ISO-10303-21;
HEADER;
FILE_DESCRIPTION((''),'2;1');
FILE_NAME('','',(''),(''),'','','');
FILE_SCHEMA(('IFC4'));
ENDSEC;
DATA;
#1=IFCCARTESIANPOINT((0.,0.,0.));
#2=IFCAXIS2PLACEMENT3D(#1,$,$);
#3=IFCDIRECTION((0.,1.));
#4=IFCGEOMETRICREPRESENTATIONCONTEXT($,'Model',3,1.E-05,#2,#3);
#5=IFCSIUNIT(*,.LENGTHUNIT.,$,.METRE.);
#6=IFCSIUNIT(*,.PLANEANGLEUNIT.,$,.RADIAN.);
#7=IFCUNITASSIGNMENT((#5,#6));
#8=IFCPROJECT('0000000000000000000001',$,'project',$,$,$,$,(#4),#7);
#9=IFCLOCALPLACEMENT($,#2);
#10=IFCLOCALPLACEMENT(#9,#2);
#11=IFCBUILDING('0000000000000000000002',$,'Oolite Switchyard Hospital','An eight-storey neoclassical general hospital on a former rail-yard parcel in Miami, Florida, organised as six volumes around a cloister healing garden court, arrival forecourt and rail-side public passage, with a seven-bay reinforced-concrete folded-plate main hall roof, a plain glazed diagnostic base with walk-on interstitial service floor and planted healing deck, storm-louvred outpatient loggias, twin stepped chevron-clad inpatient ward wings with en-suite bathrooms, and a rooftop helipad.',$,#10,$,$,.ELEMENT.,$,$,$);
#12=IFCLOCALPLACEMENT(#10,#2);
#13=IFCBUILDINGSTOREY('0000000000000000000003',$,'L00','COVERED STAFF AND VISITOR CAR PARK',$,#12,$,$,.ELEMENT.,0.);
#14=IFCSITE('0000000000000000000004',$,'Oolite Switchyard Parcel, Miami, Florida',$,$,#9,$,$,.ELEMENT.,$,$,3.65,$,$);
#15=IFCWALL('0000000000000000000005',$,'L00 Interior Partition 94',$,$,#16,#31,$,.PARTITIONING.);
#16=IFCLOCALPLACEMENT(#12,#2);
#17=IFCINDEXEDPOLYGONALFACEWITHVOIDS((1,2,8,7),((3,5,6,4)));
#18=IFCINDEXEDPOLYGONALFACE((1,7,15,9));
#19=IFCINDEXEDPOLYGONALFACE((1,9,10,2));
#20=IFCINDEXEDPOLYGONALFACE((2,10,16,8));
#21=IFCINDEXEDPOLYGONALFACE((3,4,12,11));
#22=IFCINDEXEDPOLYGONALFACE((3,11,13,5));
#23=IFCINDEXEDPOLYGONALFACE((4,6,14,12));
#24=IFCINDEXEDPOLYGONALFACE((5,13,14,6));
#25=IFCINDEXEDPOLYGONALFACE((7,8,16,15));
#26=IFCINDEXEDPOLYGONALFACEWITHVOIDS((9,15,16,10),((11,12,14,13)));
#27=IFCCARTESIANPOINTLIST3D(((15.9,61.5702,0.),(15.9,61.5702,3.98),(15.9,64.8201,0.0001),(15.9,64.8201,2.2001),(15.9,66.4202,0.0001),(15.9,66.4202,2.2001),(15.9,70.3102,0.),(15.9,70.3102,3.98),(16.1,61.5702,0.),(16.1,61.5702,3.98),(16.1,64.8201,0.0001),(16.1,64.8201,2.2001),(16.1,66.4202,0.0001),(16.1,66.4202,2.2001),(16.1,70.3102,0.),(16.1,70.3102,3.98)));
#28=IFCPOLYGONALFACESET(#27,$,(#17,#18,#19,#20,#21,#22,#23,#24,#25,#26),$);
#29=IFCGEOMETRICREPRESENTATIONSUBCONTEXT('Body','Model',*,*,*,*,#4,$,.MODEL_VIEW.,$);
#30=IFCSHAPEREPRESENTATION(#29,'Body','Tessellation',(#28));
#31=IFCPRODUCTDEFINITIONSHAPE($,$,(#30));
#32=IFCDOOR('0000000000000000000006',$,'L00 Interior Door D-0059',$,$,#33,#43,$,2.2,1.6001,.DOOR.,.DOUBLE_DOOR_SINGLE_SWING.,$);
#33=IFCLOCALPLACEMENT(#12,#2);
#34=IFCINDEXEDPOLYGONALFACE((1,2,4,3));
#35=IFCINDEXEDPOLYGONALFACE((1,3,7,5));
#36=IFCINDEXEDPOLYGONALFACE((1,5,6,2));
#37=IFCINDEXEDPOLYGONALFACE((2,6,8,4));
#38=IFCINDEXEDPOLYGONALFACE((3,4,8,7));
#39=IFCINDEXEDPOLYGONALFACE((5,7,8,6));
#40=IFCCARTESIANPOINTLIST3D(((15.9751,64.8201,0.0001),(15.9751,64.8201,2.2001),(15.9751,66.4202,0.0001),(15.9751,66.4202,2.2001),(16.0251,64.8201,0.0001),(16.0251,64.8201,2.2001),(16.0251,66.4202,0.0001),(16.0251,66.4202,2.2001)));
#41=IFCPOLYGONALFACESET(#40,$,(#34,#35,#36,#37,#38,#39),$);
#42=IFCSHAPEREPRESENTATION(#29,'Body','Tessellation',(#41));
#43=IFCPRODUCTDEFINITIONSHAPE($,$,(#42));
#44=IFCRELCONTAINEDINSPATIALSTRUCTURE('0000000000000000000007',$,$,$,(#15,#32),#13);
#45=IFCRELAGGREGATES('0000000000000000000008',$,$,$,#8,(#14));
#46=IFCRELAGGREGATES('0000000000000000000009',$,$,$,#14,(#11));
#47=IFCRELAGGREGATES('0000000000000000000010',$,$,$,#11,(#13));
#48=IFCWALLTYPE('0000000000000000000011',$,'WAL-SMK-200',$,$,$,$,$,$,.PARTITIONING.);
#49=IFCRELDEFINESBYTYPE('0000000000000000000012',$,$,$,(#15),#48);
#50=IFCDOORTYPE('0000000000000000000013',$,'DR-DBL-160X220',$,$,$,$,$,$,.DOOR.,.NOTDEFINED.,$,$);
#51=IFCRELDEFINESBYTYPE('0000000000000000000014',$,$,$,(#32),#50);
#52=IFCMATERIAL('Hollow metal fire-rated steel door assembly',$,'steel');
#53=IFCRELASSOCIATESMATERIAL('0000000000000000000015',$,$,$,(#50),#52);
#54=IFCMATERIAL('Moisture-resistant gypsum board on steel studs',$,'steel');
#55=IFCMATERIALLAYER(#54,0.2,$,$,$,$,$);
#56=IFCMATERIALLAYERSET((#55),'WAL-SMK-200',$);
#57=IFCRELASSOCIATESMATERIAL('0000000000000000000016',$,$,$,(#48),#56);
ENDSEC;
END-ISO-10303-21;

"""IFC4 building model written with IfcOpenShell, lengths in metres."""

from ifc_helpers import new_model, si_unit, direction, frame, frame_2d, origin, place, context, subcontext, project, spatial, rectangle, extrude, material, layer, layer_set, type_object, element, fill, save


model = new_model("IFC4")

# Units and contexts
model_context = context("Model", 3, precision=1e-05, world=origin(), true_north=direction((0.0, 1.0)))
body_context = subcontext(model_context, "Body", "Model", "MODEL_VIEW")
ifc_project = project(units=[si_unit("LENGTHUNIT", "METRE"), si_unit("PLANEANGLEUNIT", "RADIAN")], contexts=[model_context])

# Site, building, storey
site_placement = place(None, origin())
site = spatial("IfcSite", under=ifc_project, at=site_placement, Name="Oolite Switchyard Parcel, Miami, Florida", CompositionType="ELEMENT", RefElevation=3.65)
building_placement = place(site_placement, origin())
building = spatial("IfcBuilding", under=site, at=building_placement, Name="Oolite Switchyard Hospital", Description="An eight-storey neoclassical general hospital on a former rail-yard parcel in Miami, Florida, organised as six volumes around a cloister healing garden court, arrival forecourt and rail-side public passage, with a seven-bay reinforced-concrete folded-plate main hall roof, a plain glazed diagnostic base with walk-on interstitial service floor and planted healing deck, storm-louvred outpatient loggias, twin stepped chevron-clad inpatient ward wings with en-suite bathrooms, and a rooftop helipad.", CompositionType="ELEMENT")
storey_placement = place(building_placement, origin())
storey = spatial("IfcBuildingStorey", under=building, at=storey_placement, Name="L00", Description="COVERED STAFF AND VISITOR CAR PARK", CompositionType="ELEMENT", Elevation=0.0)

# Shared definitions
ifc_material_1 = material(Name="Moisture-resistant gypsum board on steel studs", Category="steel")

# Wall, opening, door
ifc_material_2 = material(Name="Hollow metal fire-rated steel door assembly", Category="steel")
door_type_1 = type_object("IfcDoorType", Name="DR-DBL-160X220", OperationType="NOTDEFINED", PredefinedType="DOOR", material=ifc_material_2)
ifc_layer_1 = layer(ifc_material_1, 0.2)
ifc_layer_set_1 = layer_set([ifc_layer_1], Name="WAL-SMK-200")
wall_type_1 = type_object("IfcWallType", Name="WAL-SMK-200", PredefinedType="PARTITIONING", material=ifc_layer_set_1)
wall_1_placement = place(storey_placement, frame((16.0, 61.5701, 0.0), z_axis=(0.0, 0.0, 1.0), x_axis=(0.0, 1.0, 0.0)))
wall_1 = element("IfcWall", 1, at=wall_1_placement, inside=storey, type_object=wall_type_1, Name="L00 Interior Partition 94", PredefinedType="PARTITIONING", context=body_context, shape_type="SweptSolid", body=[
    extrude(rectangle(XDim=8.74, YDim=0.2, at=frame_2d((4.3701, 0.0))), origin(), (0.0, 0.0, 1.0), 3.98),
])
opening_1_placement = place(wall_1_placement, frame((3.25, 0.0, 0.0)))
opening_1 = element("IfcOpeningElement", 2, at=opening_1_placement, cuts=wall_1, PredefinedType="OPENING", context=body_context, shape_type="SweptSolid", body=[
    extrude(rectangle(XDim=1.6001, YDim=2.2, at=frame_2d((0.8, 1.1001))), frame((0.0, 0.1099, 0.0), z_axis=(0.0, -1.0, 0.0), x_axis=(1.0, 0.0, 0.0)), (0.0, 0.0, 1.0), 0.22),
])
door_1_placement = place(opening_1_placement, origin())
door_1 = element("IfcDoor", 3, at=door_1_placement, inside=storey, type_object=door_type_1, Name="L00 Interior Door D-0059", OperationType="DOUBLE_DOOR_SINGLE_SWING", OverallHeight=2.2, OverallWidth=1.6001, PredefinedType="DOOR", context=body_context, shape_type="SweptSolid", body=[
    extrude(rectangle(XDim=1.6001, YDim=2.2, at=frame_2d((0.8, 1.1001))), frame((0.0, 0.0249, 0.0), z_axis=(0.0, -1.0, 0.0), x_axis=(1.0, 0.0, 0.0)), (0.0, 0.0, 1.0), 0.05),
])
fill(opening_1, door_1)

save(model, "model.ifc")
